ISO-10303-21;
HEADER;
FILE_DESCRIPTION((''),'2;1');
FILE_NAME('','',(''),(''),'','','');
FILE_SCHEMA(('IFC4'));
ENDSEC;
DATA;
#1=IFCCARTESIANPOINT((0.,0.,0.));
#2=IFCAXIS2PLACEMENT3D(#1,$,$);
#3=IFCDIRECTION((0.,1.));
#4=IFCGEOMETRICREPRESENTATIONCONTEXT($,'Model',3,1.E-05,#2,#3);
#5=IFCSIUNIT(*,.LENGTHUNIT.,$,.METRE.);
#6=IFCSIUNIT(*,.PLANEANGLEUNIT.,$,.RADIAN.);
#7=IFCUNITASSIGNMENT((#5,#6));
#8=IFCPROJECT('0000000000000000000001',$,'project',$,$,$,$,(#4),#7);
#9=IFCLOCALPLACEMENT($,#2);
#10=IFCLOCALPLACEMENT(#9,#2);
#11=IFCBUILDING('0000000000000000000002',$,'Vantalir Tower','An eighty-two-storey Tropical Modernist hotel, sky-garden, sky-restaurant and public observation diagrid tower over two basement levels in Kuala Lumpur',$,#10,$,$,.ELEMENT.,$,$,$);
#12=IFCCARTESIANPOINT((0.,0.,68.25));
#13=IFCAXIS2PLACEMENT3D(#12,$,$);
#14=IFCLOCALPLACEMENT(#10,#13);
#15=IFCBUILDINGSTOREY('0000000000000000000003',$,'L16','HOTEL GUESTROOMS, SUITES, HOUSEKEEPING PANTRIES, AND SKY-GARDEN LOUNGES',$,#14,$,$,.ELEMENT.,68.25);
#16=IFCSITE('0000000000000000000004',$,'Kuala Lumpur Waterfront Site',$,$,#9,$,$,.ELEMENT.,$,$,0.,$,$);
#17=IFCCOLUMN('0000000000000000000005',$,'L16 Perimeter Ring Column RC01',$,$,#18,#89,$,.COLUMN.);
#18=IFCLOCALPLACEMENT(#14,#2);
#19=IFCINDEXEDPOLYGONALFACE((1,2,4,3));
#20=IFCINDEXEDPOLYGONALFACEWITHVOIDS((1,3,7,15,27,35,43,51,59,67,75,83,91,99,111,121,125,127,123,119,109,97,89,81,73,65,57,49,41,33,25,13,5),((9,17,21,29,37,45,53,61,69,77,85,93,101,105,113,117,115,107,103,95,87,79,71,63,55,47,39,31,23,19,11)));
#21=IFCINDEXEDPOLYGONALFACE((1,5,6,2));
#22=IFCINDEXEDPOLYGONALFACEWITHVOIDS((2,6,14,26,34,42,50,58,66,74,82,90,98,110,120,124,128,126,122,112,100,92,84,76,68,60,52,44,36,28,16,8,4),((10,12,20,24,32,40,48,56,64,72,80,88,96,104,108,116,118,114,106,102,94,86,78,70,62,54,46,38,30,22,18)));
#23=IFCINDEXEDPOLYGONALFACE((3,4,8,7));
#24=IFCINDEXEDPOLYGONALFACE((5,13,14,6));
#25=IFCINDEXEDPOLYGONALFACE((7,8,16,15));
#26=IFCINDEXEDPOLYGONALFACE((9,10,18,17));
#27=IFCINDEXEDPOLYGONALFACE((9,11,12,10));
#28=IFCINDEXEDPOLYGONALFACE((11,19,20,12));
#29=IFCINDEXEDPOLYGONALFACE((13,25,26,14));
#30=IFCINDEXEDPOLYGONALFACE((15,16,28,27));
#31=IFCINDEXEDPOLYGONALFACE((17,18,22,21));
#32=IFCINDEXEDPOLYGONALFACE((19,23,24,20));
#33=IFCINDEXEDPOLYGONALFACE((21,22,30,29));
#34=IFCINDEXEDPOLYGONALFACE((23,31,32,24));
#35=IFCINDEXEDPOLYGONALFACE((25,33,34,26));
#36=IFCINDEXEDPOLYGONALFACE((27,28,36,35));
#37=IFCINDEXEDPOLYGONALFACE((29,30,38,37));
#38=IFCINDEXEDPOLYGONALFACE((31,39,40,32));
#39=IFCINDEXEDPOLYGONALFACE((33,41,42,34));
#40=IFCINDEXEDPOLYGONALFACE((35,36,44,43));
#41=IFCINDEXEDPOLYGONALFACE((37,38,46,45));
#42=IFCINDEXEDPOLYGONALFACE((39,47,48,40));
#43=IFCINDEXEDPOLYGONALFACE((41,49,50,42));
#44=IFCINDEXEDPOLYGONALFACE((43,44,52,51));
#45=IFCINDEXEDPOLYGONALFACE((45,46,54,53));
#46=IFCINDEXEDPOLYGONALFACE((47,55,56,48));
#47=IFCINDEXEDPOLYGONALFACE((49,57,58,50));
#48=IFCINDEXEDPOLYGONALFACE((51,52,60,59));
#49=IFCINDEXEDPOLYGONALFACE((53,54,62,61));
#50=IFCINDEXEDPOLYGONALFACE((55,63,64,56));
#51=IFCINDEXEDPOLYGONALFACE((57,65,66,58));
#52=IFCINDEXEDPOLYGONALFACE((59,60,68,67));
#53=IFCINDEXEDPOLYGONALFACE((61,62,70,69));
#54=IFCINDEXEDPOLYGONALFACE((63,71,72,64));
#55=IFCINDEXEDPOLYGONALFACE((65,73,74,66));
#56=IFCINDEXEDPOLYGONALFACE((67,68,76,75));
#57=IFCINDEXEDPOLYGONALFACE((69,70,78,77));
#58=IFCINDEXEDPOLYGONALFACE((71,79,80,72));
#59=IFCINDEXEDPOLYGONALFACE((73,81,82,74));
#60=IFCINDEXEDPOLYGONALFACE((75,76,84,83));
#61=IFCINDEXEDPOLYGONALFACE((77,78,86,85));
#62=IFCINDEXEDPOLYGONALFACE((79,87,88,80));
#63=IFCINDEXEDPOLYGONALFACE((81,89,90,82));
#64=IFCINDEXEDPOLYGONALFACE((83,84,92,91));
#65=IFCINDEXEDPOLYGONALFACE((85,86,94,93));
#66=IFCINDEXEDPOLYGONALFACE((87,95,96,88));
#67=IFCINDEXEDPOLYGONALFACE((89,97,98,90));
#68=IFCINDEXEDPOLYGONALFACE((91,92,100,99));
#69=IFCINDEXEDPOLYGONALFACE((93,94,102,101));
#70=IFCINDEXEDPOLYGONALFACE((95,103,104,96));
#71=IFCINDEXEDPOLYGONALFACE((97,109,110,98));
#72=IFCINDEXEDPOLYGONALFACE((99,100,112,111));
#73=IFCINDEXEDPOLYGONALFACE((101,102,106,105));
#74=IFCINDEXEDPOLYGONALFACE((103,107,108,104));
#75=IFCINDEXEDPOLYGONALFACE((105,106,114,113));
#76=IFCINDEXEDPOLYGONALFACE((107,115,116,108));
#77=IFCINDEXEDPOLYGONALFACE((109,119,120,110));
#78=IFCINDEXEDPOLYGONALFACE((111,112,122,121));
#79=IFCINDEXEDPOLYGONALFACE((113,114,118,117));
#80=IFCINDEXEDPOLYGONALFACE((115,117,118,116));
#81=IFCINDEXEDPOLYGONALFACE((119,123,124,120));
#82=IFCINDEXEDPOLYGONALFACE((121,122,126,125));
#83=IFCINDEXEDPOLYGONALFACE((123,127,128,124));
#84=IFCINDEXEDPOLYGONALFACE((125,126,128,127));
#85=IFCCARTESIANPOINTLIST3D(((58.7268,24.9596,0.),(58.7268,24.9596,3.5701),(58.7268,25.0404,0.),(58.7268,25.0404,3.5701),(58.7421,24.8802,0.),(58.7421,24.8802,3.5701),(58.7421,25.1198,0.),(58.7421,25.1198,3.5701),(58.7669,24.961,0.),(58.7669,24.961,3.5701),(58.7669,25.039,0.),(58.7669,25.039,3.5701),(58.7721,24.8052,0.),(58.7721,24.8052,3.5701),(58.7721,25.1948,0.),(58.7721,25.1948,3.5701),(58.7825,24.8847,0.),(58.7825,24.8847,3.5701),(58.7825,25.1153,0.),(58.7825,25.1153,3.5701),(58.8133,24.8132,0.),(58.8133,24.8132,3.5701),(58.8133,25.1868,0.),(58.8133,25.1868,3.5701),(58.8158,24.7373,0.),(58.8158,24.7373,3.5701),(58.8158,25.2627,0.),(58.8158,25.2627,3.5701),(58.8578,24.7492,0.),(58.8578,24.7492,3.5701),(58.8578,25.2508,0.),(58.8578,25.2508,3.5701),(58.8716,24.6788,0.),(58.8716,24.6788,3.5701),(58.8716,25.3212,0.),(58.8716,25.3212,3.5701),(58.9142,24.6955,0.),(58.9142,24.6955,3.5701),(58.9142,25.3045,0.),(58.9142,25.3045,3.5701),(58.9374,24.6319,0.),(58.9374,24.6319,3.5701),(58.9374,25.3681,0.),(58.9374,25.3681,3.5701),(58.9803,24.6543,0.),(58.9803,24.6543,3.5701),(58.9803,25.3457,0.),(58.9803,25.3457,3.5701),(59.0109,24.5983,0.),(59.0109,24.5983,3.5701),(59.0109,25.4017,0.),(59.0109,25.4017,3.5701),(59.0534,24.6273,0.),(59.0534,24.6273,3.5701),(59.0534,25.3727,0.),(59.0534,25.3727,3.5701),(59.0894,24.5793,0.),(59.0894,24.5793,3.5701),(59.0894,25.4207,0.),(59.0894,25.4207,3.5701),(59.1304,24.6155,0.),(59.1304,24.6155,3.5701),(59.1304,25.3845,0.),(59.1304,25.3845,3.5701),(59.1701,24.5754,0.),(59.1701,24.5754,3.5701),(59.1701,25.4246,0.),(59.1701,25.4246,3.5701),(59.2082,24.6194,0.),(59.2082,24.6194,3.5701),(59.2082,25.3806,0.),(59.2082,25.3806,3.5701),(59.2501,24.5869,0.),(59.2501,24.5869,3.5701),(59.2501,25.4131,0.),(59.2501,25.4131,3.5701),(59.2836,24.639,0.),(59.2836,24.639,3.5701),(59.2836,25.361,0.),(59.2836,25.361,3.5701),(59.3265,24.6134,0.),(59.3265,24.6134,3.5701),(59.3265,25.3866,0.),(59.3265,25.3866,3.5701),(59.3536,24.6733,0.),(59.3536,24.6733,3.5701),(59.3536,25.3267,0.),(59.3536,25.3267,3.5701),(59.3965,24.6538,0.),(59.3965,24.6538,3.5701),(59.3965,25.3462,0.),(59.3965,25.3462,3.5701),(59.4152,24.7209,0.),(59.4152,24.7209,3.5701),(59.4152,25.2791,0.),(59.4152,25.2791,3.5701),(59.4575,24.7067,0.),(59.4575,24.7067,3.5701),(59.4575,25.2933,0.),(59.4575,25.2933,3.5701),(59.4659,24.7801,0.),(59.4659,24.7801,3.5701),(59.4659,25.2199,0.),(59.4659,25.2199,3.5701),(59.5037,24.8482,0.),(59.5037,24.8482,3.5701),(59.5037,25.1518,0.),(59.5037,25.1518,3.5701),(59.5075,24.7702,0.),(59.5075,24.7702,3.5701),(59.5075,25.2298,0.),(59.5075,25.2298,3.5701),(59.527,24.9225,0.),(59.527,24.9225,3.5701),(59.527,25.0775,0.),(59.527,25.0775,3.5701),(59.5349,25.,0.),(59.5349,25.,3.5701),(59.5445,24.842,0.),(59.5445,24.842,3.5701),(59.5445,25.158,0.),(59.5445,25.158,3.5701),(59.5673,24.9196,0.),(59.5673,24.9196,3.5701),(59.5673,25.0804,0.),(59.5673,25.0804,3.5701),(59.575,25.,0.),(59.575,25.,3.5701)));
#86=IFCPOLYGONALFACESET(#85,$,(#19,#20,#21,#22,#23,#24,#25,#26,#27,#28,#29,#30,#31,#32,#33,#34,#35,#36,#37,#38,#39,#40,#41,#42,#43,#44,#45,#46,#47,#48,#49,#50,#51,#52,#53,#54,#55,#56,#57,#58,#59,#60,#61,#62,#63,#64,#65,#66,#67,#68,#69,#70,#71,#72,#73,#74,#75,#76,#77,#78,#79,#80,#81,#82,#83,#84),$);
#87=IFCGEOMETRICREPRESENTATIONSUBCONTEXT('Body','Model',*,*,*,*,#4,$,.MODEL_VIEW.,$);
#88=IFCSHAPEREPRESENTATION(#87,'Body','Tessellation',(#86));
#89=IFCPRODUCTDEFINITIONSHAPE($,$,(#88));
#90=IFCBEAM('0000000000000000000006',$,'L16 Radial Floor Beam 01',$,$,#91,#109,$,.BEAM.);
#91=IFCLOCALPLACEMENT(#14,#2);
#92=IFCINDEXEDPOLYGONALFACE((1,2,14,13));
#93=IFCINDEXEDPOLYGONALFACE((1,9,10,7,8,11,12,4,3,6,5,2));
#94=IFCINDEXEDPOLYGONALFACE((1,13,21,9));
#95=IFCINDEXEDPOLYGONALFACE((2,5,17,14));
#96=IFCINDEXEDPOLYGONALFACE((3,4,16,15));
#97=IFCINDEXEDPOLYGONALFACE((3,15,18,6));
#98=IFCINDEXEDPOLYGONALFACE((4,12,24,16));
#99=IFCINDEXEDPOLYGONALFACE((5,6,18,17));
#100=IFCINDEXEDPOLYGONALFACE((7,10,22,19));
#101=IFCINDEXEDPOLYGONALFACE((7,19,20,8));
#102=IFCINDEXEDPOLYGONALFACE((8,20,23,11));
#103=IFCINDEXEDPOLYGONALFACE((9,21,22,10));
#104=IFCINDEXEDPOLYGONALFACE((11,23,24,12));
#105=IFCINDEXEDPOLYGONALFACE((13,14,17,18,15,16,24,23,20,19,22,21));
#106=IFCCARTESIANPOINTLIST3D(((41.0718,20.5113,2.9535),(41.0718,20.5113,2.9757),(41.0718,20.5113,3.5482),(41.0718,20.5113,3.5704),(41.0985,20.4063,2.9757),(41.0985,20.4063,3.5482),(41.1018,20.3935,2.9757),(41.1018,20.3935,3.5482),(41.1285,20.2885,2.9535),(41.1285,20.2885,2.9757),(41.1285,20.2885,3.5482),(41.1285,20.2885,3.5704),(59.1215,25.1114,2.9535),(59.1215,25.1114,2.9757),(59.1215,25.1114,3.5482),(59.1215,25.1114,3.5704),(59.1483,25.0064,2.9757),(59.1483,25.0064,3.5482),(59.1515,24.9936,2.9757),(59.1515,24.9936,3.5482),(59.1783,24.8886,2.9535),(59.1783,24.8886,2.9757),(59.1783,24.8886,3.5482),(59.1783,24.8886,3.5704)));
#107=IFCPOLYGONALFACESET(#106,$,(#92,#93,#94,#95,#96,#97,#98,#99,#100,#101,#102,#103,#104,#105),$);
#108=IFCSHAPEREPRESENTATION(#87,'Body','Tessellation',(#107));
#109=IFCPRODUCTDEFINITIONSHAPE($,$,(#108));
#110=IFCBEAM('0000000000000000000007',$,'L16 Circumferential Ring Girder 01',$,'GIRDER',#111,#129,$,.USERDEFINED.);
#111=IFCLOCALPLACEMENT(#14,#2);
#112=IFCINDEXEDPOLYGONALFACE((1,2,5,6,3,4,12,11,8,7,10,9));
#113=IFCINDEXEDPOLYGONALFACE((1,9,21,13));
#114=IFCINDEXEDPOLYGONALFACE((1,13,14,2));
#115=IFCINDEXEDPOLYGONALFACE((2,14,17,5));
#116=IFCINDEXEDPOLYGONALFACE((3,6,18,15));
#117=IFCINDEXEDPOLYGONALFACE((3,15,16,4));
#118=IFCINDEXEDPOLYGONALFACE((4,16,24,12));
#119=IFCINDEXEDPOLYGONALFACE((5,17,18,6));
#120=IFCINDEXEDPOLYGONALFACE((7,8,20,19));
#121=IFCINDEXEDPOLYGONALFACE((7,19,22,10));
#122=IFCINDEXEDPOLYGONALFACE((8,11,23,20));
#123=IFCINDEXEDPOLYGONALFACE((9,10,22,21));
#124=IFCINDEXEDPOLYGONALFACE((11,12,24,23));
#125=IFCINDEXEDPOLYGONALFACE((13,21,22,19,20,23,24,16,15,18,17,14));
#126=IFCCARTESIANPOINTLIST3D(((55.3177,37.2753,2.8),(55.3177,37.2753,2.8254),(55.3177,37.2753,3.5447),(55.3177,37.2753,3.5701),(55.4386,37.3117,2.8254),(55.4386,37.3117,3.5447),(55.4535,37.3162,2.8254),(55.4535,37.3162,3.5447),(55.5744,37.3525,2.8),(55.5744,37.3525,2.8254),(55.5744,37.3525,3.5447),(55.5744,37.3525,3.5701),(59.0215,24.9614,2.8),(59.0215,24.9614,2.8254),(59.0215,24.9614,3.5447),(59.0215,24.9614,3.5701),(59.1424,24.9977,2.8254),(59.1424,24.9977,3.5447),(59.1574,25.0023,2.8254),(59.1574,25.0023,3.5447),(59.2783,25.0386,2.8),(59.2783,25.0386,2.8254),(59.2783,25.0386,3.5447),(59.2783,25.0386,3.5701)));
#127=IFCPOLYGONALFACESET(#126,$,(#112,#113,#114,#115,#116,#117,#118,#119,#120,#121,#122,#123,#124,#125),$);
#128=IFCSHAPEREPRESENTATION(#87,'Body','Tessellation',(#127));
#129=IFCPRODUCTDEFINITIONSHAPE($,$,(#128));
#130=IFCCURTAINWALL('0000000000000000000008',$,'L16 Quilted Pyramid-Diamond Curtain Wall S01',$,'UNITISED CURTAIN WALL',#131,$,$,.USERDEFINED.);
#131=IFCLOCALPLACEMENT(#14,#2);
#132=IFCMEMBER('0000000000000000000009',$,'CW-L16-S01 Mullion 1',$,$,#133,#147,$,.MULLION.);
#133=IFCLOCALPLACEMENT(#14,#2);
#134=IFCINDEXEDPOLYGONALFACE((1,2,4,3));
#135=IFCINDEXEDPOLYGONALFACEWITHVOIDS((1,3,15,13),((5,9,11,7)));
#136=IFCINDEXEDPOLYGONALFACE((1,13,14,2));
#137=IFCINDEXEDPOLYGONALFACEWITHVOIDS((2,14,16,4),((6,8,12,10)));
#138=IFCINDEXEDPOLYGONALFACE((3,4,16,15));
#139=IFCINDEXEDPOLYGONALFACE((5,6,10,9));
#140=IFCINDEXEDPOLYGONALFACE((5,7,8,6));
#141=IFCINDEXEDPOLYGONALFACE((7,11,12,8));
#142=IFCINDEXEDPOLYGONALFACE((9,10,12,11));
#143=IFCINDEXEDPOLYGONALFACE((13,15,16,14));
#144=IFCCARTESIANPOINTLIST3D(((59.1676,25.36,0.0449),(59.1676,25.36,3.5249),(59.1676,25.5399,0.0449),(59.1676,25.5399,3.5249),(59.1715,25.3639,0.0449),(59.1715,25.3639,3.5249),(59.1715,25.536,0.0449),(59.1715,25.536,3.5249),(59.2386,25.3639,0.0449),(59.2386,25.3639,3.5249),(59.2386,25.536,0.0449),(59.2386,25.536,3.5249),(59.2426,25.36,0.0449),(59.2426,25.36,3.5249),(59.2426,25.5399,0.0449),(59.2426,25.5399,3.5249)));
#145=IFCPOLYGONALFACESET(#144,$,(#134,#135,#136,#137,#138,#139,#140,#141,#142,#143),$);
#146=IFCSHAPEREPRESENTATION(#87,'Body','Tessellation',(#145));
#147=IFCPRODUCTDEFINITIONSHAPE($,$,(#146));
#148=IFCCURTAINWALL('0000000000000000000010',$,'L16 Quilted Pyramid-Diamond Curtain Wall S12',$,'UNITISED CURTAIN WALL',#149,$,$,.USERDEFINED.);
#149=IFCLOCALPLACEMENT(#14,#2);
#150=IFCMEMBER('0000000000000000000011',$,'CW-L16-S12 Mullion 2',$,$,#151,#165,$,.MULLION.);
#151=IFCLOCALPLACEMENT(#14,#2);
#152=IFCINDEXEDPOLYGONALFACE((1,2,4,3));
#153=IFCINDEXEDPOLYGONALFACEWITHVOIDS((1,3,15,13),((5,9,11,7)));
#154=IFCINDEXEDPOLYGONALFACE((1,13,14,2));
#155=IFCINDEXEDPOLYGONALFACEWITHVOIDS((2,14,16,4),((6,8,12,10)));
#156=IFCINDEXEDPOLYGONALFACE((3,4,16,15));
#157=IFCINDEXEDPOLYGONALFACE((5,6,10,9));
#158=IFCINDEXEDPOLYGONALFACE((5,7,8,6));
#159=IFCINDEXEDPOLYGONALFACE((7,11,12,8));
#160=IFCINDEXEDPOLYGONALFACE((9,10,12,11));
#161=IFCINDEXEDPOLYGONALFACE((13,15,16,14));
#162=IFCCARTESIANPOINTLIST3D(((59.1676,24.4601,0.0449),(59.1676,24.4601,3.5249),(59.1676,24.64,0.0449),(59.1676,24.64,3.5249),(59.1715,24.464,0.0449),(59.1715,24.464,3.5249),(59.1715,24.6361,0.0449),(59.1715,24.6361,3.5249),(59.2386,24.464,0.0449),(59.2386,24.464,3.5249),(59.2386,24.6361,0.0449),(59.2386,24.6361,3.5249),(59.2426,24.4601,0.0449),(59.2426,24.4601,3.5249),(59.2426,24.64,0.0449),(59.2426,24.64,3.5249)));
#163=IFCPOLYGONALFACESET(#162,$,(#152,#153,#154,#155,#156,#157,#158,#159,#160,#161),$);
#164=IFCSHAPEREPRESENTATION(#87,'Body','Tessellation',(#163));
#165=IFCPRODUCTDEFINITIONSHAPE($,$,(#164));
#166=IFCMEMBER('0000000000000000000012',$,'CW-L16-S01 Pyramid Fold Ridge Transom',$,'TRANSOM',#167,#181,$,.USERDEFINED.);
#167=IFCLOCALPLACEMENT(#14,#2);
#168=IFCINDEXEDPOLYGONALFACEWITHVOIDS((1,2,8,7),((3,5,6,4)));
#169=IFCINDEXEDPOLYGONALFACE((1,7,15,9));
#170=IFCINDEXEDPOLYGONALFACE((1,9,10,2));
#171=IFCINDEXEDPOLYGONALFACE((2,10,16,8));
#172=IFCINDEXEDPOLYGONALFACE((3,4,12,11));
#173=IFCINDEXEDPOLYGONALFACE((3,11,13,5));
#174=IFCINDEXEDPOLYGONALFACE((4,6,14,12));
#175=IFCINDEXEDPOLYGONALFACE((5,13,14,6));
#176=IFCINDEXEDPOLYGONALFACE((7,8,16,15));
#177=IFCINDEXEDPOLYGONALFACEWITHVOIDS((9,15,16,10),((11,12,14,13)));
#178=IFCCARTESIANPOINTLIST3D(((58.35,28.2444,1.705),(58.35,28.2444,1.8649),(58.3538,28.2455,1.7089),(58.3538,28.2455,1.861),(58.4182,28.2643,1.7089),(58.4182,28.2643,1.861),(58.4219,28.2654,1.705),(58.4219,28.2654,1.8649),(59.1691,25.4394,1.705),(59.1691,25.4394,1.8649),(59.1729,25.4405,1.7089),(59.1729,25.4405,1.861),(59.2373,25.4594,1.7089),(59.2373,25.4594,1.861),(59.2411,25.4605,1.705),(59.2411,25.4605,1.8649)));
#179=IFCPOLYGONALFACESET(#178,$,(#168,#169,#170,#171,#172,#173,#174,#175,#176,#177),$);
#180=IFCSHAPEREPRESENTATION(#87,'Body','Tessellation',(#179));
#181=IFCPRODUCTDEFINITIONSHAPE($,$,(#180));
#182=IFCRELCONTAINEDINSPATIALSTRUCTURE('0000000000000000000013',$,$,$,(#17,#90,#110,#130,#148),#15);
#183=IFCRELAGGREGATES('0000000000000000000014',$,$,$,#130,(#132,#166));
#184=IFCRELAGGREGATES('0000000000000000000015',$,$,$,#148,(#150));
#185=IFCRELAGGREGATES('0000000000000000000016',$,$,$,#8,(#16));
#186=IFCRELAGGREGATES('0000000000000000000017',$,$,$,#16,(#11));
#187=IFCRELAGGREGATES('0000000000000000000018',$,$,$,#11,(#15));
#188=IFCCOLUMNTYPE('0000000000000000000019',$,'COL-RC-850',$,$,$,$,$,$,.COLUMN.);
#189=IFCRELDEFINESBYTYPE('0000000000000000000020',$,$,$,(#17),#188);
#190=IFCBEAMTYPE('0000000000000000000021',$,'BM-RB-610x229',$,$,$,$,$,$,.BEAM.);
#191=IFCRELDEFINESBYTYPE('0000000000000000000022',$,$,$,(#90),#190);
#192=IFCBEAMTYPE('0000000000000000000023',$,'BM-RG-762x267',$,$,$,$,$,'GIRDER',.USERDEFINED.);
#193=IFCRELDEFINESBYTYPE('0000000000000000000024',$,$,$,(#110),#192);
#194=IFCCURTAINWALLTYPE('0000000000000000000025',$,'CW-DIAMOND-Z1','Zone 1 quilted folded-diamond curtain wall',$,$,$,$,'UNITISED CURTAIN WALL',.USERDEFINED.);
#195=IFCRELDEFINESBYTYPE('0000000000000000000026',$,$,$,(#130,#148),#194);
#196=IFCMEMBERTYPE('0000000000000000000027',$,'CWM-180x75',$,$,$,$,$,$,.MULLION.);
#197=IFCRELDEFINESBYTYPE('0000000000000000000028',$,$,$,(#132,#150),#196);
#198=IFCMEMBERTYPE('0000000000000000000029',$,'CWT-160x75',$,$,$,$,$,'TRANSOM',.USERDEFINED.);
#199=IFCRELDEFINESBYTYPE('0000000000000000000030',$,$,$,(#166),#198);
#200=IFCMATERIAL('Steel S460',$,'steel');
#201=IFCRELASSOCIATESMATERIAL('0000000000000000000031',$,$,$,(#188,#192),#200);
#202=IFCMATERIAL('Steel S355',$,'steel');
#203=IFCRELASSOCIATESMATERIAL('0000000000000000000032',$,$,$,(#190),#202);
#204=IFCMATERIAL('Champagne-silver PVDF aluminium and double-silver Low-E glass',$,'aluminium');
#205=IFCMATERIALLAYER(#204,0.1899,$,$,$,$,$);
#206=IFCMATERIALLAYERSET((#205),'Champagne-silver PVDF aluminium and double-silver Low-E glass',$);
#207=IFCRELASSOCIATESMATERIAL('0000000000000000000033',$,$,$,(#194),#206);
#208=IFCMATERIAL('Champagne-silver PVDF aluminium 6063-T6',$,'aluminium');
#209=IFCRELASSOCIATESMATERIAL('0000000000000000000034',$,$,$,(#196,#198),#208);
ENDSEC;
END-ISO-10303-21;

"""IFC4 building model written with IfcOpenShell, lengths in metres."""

from ifc_helpers import new_model, si_unit, direction, frame, origin, origin_2d, place, context, subcontext, project, spatial, hollow_rectangle, hollow_circle, i_section, extrude, material, layer, layer_set, material_profile, profile_set, type_object, element, aggregate, save


model = new_model("IFC4")

# Units and contexts
model_context = context("Model", 3, precision=1e-05, world=origin(), true_north=direction((0.0, 1.0)))
body_context = subcontext(model_context, "Body", "Model", "MODEL_VIEW")
ifc_project = project(units=[si_unit("LENGTHUNIT", "METRE"), si_unit("PLANEANGLEUNIT", "RADIAN")], contexts=[model_context])

# Site, building, storey
site_placement = place(None, origin())
site = spatial("IfcSite", under=ifc_project, at=site_placement, Name="Kuala Lumpur Waterfront Site", CompositionType="ELEMENT", RefElevation=0.0)
building_placement = place(site_placement, origin())
building = spatial("IfcBuilding", under=site, at=building_placement, Name="Vantalir Tower", Description="An eighty-two-storey Tropical Modernist hotel, sky-garden, sky-restaurant and public observation diagrid tower over two basement levels in Kuala Lumpur", CompositionType="ELEMENT")
storey_placement = place(building_placement, frame((0.0, 0.0, 68.25)))
storey = spatial("IfcBuildingStorey", under=building, at=storey_placement, Name="L16", Description="HOTEL GUESTROOMS, SUITES, HOUSEKEEPING PANTRIES, AND SKY-GARDEN LOUNGES", CompositionType="ELEMENT", Elevation=68.25)

# Column
ifc_material_1 = material(Name="Steel S460", Category="steel")
ifc_material_profile_1 = material_profile(ifc_material_1, hollow_circle(Radius=0.425, WallThickness=0.04, at=origin_2d()), Name="Steel S460")
ifc_profile_set_1 = profile_set([ifc_material_profile_1], Name="Steel S460")
column_type = type_object("IfcColumnType", Name="COL-RC-850", PredefinedType="COLUMN", material=ifc_profile_set_1)
column_placement = place(storey_placement, frame((59.1499, 25.0, 0.0), z_axis=(0.0, 0.0, 1.0), x_axis=(1.0, 0.0, 0.0)))
element("IfcColumn", 1, at=column_placement, inside=storey, type_object=column_type, Name="L16 Perimeter Ring Column RC01", PredefinedType="COLUMN", context=body_context, shape_type="SweptSolid", body=[
    extrude(hollow_circle(Radius=0.425, WallThickness=0.04, at=origin_2d()), origin(), (0.0, 0.0, 1.0), 3.5701),
])

# Beams
ifc_material_2 = material(Name="Steel S355", Category="steel")
ifc_material_profile_2 = material_profile(ifc_material_2, i_section(OverallWidth=0.23, OverallDepth=0.6169, WebThickness=0.0132, FlangeThickness=0.0222, at=origin_2d()), Name="Steel S355")
ifc_profile_set_2 = profile_set([ifc_material_profile_2], Name="Steel S355")
beam_type_1 = type_object("IfcBeamType", Name="BM-RB-610x229", PredefinedType="BEAM", material=ifc_profile_set_2)
beam_1_placement = place(storey_placement, frame((59.1499, 25.0, 3.262), z_axis=(-0.969025, -0.246962, 0.0), x_axis=(0.246962, -0.969025, 0.0)))
element("IfcBeam", 2, at=beam_1_placement, inside=storey, type_object=beam_type_1, Name="L16 Radial Floor Beam 01", PredefinedType="BEAM", context=body_context, shape_type="SweptSolid", body=[
    extrude(i_section(OverallWidth=0.23, OverallDepth=0.6169, WebThickness=0.0132, FlangeThickness=0.0222, at=origin_2d()), origin(), (0.0, 0.0, 1.0), 18.6267),
])
ifc_material_profile_3 = material_profile(ifc_material_1, i_section(OverallWidth=0.2681, OverallDepth=0.77, WebThickness=0.0156, FlangeThickness=0.0254, at=origin_2d()), Name="Steel S460")
ifc_profile_set_3 = profile_set([ifc_material_profile_3], Name="Steel S460")
beam_type_2 = type_object("IfcBeamType", Name="BM-RG-762x267", ElementType="GIRDER", PredefinedType="USERDEFINED", material=ifc_profile_set_3)
beam_2_placement = place(storey_placement, frame((59.1499, 25.0, 3.1851), z_axis=(-0.288038, 0.957619, 0.0), x_axis=(-0.957619, -0.288038, 0.0)))
element("IfcBeam", 3, at=beam_2_placement, inside=storey, type_object=beam_type_2, Name="L16 Circumferential Ring Girder 01", ObjectType="GIRDER", PredefinedType="USERDEFINED", context=body_context, shape_type="SweptSolid", body=[
    extrude(i_section(OverallWidth=0.2681, OverallDepth=0.77, WebThickness=0.0156, FlangeThickness=0.0254, at=origin_2d()), origin(), (0.0, 0.0, 1.0), 12.8589),
])

# Curtain walls, members
ifc_material_3 = material(Name="Champagne-silver PVDF aluminium and double-silver Low-E glass", Category="aluminium")
ifc_layer_1 = layer(ifc_material_3, 0.1899)
ifc_layer_set_1 = layer_set([ifc_layer_1], Name="Champagne-silver PVDF aluminium and double-silver Low-E glass")
curtain_wall_type = type_object("IfcCurtainWallType", Name="CW-DIAMOND-Z1", Description="Zone 1 quilted folded-diamond curtain wall", ElementType="UNITISED CURTAIN WALL", PredefinedType="USERDEFINED", material=ifc_layer_set_1)
curtain_wall_1_placement = place(storey_placement, origin())
curtain_wall_1 = element("IfcCurtainWall", 4, at=curtain_wall_1_placement, inside=storey, type_object=curtain_wall_type, Name="L16 Quilted Pyramid-Diamond Curtain Wall S01", ObjectType="UNITISED CURTAIN WALL", PredefinedType="USERDEFINED")
ifc_material_4 = material(Name="Champagne-silver PVDF aluminium 6063-T6", Category="aluminium")
ifc_material_profile_4 = material_profile(ifc_material_4, hollow_rectangle(XDim=0.075, YDim=0.1799, WallThickness=0.0039, at=origin_2d()), Name="Champagne-silver PVDF aluminium 6063-T6")
ifc_profile_set_4 = profile_set([ifc_material_profile_4], Name="Champagne-silver PVDF aluminium 6063-T6")
member_type_1 = type_object("IfcMemberType", Name="CWM-180x75", PredefinedType="MULLION", material=ifc_profile_set_4)
member_1_placement = place(storey_placement, frame((59.2051, 25.45, 0.0449), z_axis=(0.0, 0.0, 1.0), x_axis=(1.0, 0.0, 0.0)))
member_1 = element("IfcMember", 5, at=member_1_placement, type_object=member_type_1, Name="CW-L16-S01 Mullion 1", PredefinedType="MULLION", context=body_context, shape_type="SweptSolid", body=[
    extrude(hollow_rectangle(XDim=0.075, YDim=0.1799, WallThickness=0.0039, at=origin_2d()), origin(), (0.0, 0.0, 1.0), 3.48),
])
curtain_wall_2_placement = place(storey_placement, origin())
curtain_wall_2 = element("IfcCurtainWall", 6, at=curtain_wall_2_placement, inside=storey, type_object=curtain_wall_type, Name="L16 Quilted Pyramid-Diamond Curtain Wall S12", ObjectType="UNITISED CURTAIN WALL", PredefinedType="USERDEFINED")
member_2_placement = place(storey_placement, frame((59.2051, 24.55, 0.0449), z_axis=(0.0, 0.0, 1.0), x_axis=(1.0, 0.0, 0.0)))
member_2 = element("IfcMember", 7, at=member_2_placement, type_object=member_type_1, Name="CW-L16-S12 Mullion 2", PredefinedType="MULLION", context=body_context, shape_type="SweptSolid", body=[
    extrude(hollow_rectangle(XDim=0.075, YDim=0.1799, WallThickness=0.0039, at=origin_2d()), origin(), (0.0, 0.0, 1.0), 3.48),
])

# Member
ifc_material_profile_5 = material_profile(ifc_material_4, hollow_rectangle(XDim=0.075, YDim=0.1599, WallThickness=0.0039, at=origin_2d()), Name="Champagne-silver PVDF aluminium 6063-T6")
ifc_profile_set_5 = profile_set([ifc_material_profile_5], Name="Champagne-silver PVDF aluminium 6063-T6")
member_type_2 = type_object("IfcMemberType", Name="CWT-160x75", ElementType="TRANSOM", PredefinedType="USERDEFINED", material=ifc_profile_set_5)
member_3_placement = place(storey_placement, frame((59.2051, 25.45, 1.7849), z_axis=(-0.280311, 0.959909, 0.0), x_axis=(-0.959909, -0.280311, 0.0)))
member_3 = element("IfcMember", 8, at=member_3_placement, type_object=member_type_2, Name="CW-L16-S01 Pyramid Fold Ridge Transom", ObjectType="TRANSOM", PredefinedType="USERDEFINED", context=body_context, shape_type="SweptSolid", body=[
    extrude(hollow_rectangle(XDim=0.075, YDim=0.1599, WallThickness=0.0039, at=origin_2d()), origin(), (0.0, 0.0, 1.0), 2.9221),
])

aggregate(curtain_wall_1, [member_1, member_3])
aggregate(curtain_wall_2, [member_2])

save(model, "model.ifc")
